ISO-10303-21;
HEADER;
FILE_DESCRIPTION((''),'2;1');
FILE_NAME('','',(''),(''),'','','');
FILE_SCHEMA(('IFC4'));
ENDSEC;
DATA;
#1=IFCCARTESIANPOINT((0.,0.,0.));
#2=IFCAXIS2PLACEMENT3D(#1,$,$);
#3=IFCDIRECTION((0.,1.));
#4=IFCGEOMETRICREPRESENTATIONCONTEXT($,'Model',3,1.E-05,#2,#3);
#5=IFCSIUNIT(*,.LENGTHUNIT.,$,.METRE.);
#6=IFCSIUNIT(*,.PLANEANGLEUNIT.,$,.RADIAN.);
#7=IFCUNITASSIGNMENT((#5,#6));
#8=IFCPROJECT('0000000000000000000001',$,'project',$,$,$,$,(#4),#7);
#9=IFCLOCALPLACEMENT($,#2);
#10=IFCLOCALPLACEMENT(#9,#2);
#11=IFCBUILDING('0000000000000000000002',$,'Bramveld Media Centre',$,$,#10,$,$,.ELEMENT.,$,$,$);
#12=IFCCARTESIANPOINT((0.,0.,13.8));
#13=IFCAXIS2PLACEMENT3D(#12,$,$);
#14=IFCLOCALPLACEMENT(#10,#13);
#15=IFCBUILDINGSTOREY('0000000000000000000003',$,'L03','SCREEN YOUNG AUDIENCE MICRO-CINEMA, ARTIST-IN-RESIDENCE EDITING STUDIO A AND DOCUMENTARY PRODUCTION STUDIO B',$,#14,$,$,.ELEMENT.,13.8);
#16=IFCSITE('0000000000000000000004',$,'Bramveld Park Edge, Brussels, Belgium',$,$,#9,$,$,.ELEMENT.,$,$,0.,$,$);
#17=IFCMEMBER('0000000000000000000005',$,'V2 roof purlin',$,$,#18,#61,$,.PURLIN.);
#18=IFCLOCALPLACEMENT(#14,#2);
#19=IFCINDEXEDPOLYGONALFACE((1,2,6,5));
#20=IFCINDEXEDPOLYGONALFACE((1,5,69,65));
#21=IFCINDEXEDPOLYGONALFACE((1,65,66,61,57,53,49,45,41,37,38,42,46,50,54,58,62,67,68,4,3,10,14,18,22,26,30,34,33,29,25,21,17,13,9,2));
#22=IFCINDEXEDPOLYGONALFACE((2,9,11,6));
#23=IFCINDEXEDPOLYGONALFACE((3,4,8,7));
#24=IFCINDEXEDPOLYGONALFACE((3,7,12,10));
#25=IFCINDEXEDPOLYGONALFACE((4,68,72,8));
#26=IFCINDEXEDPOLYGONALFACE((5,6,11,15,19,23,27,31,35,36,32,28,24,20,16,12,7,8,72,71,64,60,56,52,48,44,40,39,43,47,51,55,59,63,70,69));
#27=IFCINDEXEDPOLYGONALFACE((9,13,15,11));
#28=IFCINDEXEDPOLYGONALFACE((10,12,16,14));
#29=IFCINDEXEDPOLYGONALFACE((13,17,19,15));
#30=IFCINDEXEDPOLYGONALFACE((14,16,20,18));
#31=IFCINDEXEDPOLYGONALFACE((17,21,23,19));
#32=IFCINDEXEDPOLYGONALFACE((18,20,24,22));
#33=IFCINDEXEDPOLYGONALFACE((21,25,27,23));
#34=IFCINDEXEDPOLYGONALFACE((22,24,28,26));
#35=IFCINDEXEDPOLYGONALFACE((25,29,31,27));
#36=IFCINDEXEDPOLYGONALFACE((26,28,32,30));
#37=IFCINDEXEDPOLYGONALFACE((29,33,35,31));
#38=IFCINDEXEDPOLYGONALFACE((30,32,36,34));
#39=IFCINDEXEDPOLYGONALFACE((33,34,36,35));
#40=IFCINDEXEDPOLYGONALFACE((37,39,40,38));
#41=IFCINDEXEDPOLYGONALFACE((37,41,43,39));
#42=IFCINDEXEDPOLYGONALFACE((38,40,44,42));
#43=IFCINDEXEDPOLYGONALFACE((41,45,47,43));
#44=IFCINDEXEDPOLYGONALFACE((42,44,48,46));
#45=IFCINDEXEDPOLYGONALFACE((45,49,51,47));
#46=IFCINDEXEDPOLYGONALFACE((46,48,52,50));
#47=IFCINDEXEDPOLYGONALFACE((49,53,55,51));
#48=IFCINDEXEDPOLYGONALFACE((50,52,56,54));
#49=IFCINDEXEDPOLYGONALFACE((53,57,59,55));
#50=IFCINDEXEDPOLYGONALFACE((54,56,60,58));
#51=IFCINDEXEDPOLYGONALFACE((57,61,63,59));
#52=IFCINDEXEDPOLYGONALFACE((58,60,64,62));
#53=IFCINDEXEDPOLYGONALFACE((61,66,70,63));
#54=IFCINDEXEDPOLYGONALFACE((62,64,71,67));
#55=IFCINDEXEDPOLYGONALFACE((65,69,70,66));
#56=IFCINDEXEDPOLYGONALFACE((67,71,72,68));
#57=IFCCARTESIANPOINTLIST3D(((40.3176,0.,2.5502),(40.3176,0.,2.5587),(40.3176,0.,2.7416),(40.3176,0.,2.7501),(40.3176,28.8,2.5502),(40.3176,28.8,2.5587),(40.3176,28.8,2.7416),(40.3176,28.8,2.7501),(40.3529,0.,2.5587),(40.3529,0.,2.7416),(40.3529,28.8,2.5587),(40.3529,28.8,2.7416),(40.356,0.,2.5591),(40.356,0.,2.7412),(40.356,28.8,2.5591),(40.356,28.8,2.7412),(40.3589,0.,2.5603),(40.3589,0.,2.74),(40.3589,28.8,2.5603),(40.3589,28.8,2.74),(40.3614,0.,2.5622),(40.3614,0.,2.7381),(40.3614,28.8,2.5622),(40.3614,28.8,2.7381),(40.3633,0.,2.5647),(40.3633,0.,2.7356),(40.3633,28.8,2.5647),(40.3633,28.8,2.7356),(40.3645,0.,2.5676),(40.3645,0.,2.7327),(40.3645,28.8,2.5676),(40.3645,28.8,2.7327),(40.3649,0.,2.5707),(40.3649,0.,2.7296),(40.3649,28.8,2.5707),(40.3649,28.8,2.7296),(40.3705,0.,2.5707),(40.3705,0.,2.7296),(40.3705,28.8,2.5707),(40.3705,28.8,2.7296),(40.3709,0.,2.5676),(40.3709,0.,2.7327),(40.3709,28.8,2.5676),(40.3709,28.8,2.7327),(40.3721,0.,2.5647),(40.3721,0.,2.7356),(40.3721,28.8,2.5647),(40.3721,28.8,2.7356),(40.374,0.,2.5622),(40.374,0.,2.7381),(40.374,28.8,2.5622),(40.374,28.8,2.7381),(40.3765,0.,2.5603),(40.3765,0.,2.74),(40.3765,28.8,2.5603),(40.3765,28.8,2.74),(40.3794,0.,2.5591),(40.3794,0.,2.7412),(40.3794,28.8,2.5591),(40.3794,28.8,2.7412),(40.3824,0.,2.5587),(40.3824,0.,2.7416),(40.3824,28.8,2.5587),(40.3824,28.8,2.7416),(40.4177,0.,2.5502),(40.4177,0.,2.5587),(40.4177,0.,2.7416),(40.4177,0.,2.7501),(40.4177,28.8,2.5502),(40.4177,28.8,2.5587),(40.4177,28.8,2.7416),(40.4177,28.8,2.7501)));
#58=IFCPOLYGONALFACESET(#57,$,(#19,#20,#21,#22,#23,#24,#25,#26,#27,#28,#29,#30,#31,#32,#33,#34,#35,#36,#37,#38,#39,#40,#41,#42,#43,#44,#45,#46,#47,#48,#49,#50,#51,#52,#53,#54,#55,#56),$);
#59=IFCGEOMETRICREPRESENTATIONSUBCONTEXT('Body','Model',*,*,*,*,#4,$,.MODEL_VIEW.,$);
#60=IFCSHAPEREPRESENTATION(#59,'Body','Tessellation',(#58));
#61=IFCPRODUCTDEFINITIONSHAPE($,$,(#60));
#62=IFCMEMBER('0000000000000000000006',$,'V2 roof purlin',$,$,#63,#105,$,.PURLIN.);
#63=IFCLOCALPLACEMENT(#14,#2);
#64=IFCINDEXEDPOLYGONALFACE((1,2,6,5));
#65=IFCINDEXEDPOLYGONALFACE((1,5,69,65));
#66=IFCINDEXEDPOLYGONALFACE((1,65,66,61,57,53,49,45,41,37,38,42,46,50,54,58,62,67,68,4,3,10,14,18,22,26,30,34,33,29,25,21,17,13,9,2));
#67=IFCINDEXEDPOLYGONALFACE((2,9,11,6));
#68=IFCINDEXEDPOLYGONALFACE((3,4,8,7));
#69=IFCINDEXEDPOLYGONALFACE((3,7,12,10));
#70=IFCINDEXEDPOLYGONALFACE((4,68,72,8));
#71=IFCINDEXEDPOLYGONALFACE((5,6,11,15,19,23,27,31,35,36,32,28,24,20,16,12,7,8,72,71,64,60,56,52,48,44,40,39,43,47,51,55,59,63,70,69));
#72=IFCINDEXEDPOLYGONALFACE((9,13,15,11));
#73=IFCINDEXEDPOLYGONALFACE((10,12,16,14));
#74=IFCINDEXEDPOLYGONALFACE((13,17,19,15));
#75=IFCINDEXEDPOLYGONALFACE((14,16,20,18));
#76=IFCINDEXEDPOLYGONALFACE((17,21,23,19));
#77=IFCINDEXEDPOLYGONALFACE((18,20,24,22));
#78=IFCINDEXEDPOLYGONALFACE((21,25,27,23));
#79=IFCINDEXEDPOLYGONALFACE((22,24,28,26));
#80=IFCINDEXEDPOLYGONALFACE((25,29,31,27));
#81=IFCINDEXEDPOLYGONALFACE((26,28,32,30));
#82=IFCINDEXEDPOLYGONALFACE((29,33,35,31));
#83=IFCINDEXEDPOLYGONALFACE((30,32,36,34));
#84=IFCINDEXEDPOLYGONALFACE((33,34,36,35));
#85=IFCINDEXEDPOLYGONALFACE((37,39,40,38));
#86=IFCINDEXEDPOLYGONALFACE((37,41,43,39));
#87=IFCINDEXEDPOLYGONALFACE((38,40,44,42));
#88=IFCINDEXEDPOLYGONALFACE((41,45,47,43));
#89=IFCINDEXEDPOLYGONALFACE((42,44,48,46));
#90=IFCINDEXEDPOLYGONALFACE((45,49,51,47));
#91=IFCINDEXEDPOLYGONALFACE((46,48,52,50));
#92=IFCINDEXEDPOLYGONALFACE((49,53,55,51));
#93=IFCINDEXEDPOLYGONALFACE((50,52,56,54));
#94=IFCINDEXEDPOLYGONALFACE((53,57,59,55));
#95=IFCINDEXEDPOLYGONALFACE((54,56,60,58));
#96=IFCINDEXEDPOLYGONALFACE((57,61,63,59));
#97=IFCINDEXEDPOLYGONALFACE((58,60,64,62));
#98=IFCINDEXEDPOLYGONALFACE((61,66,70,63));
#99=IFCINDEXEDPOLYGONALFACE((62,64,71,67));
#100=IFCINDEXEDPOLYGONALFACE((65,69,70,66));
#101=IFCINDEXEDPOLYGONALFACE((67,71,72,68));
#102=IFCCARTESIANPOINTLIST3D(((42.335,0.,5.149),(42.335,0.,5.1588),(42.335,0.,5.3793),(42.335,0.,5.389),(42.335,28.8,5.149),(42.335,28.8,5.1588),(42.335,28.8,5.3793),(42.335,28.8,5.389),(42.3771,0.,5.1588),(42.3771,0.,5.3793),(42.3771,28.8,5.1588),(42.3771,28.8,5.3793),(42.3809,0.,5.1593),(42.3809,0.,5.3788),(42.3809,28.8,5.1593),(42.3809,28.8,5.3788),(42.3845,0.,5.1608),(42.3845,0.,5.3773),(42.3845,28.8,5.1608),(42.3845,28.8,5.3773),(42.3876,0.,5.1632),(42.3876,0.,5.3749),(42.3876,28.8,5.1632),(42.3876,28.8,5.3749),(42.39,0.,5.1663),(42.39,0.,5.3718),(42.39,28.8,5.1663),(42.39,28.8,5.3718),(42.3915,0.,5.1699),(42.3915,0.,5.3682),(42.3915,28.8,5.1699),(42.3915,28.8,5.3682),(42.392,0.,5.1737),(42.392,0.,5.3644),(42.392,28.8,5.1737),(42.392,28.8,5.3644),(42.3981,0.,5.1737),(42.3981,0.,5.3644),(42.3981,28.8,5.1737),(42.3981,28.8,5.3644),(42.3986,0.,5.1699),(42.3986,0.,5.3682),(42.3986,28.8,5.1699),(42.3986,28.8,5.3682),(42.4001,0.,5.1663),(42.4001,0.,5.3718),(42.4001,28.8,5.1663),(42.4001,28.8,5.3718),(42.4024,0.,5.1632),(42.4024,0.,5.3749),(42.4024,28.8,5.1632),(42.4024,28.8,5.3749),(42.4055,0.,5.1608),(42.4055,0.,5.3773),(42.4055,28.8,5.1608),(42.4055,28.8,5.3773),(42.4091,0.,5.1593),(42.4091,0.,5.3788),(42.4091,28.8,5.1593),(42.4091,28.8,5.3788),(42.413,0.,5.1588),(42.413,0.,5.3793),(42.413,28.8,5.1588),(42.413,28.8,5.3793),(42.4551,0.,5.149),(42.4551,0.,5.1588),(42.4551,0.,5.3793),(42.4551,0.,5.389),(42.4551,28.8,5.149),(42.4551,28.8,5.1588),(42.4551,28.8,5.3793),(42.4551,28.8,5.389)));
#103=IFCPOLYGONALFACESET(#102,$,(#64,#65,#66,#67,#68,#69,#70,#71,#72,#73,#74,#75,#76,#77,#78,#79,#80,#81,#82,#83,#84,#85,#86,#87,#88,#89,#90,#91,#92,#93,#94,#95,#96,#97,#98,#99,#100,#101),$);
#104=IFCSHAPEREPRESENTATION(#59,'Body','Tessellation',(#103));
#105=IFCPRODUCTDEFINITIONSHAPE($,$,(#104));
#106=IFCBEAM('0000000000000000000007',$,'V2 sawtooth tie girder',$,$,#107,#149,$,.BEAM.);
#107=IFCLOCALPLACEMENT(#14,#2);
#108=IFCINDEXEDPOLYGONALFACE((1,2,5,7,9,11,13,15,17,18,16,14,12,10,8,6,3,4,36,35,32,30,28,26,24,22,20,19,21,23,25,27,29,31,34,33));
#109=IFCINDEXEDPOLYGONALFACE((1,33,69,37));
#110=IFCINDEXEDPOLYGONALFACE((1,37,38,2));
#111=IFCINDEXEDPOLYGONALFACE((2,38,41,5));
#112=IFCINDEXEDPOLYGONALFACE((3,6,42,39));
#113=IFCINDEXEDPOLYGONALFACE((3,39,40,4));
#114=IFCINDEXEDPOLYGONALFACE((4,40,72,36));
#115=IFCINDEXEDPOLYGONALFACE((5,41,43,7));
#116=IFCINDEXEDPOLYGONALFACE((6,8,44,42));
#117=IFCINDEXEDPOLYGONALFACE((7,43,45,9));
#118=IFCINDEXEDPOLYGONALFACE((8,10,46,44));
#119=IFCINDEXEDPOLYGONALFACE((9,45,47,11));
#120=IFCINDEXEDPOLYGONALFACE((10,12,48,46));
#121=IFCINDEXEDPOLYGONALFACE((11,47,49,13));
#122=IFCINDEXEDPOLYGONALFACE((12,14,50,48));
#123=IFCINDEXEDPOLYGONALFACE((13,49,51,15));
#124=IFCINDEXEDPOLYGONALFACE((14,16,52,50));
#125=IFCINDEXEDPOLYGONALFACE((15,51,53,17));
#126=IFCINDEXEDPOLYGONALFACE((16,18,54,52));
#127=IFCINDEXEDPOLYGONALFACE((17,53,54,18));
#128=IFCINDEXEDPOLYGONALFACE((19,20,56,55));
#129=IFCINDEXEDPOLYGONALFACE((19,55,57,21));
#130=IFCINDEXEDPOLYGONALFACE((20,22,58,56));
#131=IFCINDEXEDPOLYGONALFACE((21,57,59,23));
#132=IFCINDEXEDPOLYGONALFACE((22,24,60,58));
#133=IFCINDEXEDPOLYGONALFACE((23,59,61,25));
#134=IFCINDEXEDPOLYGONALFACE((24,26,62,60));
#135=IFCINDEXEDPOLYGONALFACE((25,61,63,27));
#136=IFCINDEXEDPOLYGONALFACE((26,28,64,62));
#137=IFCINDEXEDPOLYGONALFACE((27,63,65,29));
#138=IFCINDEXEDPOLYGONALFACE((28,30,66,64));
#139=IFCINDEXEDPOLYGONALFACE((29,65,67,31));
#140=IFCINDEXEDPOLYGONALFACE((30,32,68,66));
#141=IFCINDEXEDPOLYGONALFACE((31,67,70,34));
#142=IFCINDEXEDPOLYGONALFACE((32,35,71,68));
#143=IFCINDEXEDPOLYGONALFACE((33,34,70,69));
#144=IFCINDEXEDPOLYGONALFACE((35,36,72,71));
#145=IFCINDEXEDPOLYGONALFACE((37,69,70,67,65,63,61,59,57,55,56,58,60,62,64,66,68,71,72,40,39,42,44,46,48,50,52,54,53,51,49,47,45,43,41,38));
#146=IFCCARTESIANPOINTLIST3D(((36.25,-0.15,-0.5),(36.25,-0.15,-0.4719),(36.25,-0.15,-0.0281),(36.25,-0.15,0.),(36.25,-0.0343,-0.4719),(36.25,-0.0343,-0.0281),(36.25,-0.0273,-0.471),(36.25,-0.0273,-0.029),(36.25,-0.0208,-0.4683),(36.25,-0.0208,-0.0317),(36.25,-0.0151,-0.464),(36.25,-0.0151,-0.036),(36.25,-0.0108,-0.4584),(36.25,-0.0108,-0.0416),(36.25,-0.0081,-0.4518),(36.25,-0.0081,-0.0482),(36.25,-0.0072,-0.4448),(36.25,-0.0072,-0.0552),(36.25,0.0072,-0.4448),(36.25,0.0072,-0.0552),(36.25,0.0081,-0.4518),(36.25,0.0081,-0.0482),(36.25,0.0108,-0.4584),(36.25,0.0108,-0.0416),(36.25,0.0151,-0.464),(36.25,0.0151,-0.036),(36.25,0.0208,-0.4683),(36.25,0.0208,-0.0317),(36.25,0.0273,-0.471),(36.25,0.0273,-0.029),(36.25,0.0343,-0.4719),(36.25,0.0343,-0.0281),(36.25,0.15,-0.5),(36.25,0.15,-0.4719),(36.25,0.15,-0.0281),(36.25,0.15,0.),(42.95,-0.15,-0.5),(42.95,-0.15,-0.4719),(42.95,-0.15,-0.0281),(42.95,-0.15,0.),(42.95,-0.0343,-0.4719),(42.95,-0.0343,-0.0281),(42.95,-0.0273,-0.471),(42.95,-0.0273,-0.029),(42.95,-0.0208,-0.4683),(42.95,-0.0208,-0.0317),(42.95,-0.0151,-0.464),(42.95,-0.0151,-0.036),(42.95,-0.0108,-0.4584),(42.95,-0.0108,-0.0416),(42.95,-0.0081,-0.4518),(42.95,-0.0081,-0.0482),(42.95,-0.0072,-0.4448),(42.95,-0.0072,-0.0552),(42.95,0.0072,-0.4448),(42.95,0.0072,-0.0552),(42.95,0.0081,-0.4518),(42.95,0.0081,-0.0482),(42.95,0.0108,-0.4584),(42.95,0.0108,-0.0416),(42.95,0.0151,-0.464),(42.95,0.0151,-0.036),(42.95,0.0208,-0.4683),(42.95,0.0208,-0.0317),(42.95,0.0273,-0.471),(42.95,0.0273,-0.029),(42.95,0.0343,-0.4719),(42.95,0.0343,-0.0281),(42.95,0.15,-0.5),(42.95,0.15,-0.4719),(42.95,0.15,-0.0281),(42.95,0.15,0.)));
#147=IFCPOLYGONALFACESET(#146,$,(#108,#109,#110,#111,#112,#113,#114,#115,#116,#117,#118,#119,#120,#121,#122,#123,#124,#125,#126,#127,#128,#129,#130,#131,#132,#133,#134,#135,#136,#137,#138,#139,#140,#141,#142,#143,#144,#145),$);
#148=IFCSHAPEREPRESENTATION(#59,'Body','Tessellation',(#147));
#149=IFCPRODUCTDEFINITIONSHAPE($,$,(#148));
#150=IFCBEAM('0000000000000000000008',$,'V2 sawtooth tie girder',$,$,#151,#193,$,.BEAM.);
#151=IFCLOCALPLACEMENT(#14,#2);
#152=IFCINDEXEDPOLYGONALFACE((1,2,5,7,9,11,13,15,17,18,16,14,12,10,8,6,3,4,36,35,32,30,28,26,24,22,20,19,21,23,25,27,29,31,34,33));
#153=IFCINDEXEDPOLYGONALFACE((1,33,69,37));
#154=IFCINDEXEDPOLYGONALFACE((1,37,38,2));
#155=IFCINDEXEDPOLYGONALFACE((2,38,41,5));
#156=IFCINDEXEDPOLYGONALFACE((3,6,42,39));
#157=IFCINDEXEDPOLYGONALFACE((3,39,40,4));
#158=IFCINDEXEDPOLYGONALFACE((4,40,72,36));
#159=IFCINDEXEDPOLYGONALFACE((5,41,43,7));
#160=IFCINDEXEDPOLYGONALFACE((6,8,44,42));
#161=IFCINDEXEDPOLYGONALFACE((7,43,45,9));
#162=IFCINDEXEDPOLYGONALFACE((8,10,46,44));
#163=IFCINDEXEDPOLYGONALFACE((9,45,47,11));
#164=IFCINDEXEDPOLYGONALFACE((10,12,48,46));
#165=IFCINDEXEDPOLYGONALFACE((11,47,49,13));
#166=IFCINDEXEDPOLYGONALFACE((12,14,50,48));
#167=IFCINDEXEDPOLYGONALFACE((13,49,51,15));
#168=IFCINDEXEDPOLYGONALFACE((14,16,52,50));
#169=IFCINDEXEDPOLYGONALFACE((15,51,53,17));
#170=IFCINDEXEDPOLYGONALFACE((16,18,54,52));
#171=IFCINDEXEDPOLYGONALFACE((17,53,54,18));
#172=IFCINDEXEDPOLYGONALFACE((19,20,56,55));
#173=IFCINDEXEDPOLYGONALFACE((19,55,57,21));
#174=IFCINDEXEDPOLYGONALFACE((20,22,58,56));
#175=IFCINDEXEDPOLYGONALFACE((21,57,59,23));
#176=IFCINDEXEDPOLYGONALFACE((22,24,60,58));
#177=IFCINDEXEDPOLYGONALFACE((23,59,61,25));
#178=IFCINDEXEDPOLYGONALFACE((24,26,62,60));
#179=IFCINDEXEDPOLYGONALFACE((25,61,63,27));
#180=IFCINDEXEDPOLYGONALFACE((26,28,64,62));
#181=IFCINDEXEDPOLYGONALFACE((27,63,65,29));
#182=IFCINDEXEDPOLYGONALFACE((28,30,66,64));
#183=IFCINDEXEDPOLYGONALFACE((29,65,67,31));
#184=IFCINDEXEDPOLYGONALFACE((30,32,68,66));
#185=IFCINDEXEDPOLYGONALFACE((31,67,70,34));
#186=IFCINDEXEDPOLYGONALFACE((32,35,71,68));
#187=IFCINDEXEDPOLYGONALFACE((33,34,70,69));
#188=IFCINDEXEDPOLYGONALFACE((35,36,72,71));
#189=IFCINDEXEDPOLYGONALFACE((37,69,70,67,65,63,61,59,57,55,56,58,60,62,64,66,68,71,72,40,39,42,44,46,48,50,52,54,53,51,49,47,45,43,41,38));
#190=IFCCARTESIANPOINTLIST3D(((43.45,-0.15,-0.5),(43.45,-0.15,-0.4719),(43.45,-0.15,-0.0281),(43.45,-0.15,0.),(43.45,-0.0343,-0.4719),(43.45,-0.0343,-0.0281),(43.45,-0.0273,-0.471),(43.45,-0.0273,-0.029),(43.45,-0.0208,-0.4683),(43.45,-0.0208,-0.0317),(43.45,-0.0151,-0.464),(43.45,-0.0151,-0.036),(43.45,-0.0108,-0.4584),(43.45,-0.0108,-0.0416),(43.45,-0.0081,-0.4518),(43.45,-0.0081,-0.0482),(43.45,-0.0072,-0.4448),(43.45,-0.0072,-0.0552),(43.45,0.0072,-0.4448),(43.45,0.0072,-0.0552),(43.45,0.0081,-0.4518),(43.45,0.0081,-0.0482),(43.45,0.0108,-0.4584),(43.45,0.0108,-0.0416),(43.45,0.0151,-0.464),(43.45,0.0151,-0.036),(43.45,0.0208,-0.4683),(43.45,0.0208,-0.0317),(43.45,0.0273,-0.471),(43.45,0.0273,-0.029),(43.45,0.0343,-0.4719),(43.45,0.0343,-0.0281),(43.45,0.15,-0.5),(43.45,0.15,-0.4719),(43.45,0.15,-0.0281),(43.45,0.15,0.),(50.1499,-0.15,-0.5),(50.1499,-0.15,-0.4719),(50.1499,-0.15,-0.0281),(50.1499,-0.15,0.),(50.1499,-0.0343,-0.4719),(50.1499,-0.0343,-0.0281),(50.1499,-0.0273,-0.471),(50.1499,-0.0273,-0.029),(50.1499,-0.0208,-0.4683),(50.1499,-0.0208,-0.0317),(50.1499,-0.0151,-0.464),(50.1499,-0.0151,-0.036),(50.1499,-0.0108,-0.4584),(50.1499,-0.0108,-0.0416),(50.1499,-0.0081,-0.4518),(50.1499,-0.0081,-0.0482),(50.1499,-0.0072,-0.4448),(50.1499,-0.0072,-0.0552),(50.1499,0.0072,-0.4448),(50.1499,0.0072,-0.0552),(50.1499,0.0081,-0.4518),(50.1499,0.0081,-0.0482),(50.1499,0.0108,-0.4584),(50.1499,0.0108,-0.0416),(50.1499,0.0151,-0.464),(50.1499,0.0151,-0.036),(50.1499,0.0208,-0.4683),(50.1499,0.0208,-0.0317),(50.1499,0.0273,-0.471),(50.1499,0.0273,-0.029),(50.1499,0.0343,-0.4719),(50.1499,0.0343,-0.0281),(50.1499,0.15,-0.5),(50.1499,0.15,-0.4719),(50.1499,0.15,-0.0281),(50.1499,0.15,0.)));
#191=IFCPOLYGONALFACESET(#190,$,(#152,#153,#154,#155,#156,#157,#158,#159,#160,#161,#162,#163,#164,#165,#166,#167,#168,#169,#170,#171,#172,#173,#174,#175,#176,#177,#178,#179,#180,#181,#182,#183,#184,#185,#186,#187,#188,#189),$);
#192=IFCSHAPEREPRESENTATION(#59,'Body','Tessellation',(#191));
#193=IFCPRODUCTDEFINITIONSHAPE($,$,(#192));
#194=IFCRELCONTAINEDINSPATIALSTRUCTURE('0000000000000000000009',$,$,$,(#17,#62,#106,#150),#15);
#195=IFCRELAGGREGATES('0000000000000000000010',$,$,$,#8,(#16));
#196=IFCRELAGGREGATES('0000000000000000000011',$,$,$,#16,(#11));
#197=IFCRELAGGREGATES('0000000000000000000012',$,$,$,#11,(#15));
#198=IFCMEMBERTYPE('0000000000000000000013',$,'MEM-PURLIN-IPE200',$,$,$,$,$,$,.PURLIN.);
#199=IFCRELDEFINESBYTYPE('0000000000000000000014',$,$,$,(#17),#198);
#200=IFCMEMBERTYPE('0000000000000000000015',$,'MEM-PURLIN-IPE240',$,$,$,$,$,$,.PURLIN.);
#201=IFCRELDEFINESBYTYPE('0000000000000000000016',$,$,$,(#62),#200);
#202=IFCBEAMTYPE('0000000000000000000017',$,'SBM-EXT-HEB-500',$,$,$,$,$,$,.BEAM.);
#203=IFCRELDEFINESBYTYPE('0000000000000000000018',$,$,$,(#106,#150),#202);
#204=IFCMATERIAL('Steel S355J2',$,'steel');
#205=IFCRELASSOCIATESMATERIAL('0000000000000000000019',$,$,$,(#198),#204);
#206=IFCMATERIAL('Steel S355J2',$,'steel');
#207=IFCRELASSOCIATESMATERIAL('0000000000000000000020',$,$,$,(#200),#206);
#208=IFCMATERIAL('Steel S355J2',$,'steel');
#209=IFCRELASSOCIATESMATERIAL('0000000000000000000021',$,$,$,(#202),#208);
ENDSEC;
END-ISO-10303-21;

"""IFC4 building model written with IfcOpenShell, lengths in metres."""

from ifc_helpers import new_model, si_unit, direction, frame, origin, origin_2d, place, context, subcontext, project, spatial, i_section, extrude, material, material_profile, profile_set, type_object, element, save


model = new_model("IFC4")

# Units and contexts
model_context = context("Model", 3, precision=1e-05, world=origin(), true_north=direction((0.0, 1.0)))
body_context = subcontext(model_context, "Body", "Model", "MODEL_VIEW")
ifc_project = project(units=[si_unit("LENGTHUNIT", "METRE"), si_unit("PLANEANGLEUNIT", "RADIAN")], contexts=[model_context])

# Site, building, storey
site_placement = place(None, origin())
site = spatial("IfcSite", under=ifc_project, at=site_placement, Name="Bramveld Park Edge, Brussels, Belgium", CompositionType="ELEMENT", RefElevation=0.0)
building_placement = place(site_placement, origin())
building = spatial("IfcBuilding", under=site, at=building_placement, Name="Bramveld Media Centre", CompositionType="ELEMENT")
storey_placement = place(building_placement, frame((0.0, 0.0, 13.8)))
storey = spatial("IfcBuildingStorey", under=building, at=storey_placement, Name="L03", Description="SCREEN YOUNG AUDIENCE MICRO-CINEMA, ARTIST-IN-RESIDENCE EDITING STUDIO A AND DOCUMENTARY PRODUCTION STUDIO B", CompositionType="ELEMENT", Elevation=13.8)

# Members
ifc_material_1 = material(Name="Steel S355J2", Category="steel")
ifc_material_profile_1 = material_profile(ifc_material_1, i_section(OverallWidth=0.1001, OverallDepth=0.2, WebThickness=0.0056, FlangeThickness=0.0085, FilletRadius=0.012, at=origin_2d()), Name="IPE 200")
ifc_profile_set_1 = profile_set([ifc_material_profile_1], Name="Steel S355J2")
member_type_1 = type_object("IfcMemberType", Name="MEM-PURLIN-IPE200", PredefinedType="PURLIN", material=ifc_profile_set_1)
member_1_placement = place(storey_placement, frame((40.3677, 0.0, 2.6501), z_axis=(0.0, 1.0, 0.0), x_axis=(-1.0, 0.0, 0.0)))
element("IfcMember", 1, at=member_1_placement, inside=storey, type_object=member_type_1, Name="V2 roof purlin", PredefinedType="PURLIN", context=body_context, shape_type="SweptSolid", body=[
    extrude(i_section(OverallWidth=0.1001, OverallDepth=0.2, WebThickness=0.0056, FlangeThickness=0.0085, FilletRadius=0.012, at=origin_2d()), origin(), (0.0, 0.0, 1.0), 28.8),
])
ifc_material_2 = material(Name="Steel S355J2", Category="steel")
ifc_material_profile_2 = material_profile(ifc_material_2, i_section(OverallWidth=0.1201, OverallDepth=0.24, WebThickness=0.0061, FlangeThickness=0.0098, FilletRadius=0.0149, at=origin_2d()), Name="IPE 240")
ifc_profile_set_2 = profile_set([ifc_material_profile_2], Name="Steel S355J2")
member_type_2 = type_object("IfcMemberType", Name="MEM-PURLIN-IPE240", PredefinedType="PURLIN", material=ifc_profile_set_2)
member_2_placement = place(storey_placement, frame((42.395, 0.0, 5.269), z_axis=(0.0, 1.0, 0.0), x_axis=(-1.0, 0.0, 0.0)))
element("IfcMember", 2, at=member_2_placement, inside=storey, type_object=member_type_2, Name="V2 roof purlin", PredefinedType="PURLIN", context=body_context, shape_type="SweptSolid", body=[
    extrude(i_section(OverallWidth=0.1201, OverallDepth=0.24, WebThickness=0.0061, FlangeThickness=0.0098, FilletRadius=0.0149, at=origin_2d()), origin(), (0.0, 0.0, 1.0), 28.8),
])

# Beams
ifc_material_3 = material(Name="Steel S355J2", Category="steel")
ifc_material_profile_3 = material_profile(ifc_material_3, i_section(OverallWidth=0.3, OverallDepth=0.5, WebThickness=0.0144, FlangeThickness=0.0281, FilletRadius=0.0271, at=origin_2d()), Name="HEB 500")
ifc_profile_set_3 = profile_set([ifc_material_profile_3], Name="Steel S355J2")
beam_type_1 = type_object("IfcBeamType", Name="SBM-EXT-HEB-500", PredefinedType="BEAM", material=ifc_profile_set_3)
for number, where, z_axis, x_axis, name in (
    (3, (36.25, 0.0, -0.25), (1.0, 0.0, 0.0), (0.0, 1.0, 0.0), "V2 sawtooth tie girder"),
    (4, (43.45, 0.0, -0.25), (1.0, 0.0, 0.0), (0.0, 1.0, 0.0), "V2 sawtooth tie girder"),
):
    element("IfcBeam", number, at=place(storey_placement, frame(where, z_axis=z_axis, x_axis=x_axis)), inside=storey, type_object=beam_type_1, Name=name, PredefinedType="BEAM", context=body_context, shape_type="SweptSolid", body=[
        extrude(i_section(OverallWidth=0.3, OverallDepth=0.5, WebThickness=0.0144, FlangeThickness=0.0281, FilletRadius=0.0271, at=origin_2d()), origin(), (0.0, 0.0, 1.0), 6.7),
    ])

save(model, "model.ifc")
